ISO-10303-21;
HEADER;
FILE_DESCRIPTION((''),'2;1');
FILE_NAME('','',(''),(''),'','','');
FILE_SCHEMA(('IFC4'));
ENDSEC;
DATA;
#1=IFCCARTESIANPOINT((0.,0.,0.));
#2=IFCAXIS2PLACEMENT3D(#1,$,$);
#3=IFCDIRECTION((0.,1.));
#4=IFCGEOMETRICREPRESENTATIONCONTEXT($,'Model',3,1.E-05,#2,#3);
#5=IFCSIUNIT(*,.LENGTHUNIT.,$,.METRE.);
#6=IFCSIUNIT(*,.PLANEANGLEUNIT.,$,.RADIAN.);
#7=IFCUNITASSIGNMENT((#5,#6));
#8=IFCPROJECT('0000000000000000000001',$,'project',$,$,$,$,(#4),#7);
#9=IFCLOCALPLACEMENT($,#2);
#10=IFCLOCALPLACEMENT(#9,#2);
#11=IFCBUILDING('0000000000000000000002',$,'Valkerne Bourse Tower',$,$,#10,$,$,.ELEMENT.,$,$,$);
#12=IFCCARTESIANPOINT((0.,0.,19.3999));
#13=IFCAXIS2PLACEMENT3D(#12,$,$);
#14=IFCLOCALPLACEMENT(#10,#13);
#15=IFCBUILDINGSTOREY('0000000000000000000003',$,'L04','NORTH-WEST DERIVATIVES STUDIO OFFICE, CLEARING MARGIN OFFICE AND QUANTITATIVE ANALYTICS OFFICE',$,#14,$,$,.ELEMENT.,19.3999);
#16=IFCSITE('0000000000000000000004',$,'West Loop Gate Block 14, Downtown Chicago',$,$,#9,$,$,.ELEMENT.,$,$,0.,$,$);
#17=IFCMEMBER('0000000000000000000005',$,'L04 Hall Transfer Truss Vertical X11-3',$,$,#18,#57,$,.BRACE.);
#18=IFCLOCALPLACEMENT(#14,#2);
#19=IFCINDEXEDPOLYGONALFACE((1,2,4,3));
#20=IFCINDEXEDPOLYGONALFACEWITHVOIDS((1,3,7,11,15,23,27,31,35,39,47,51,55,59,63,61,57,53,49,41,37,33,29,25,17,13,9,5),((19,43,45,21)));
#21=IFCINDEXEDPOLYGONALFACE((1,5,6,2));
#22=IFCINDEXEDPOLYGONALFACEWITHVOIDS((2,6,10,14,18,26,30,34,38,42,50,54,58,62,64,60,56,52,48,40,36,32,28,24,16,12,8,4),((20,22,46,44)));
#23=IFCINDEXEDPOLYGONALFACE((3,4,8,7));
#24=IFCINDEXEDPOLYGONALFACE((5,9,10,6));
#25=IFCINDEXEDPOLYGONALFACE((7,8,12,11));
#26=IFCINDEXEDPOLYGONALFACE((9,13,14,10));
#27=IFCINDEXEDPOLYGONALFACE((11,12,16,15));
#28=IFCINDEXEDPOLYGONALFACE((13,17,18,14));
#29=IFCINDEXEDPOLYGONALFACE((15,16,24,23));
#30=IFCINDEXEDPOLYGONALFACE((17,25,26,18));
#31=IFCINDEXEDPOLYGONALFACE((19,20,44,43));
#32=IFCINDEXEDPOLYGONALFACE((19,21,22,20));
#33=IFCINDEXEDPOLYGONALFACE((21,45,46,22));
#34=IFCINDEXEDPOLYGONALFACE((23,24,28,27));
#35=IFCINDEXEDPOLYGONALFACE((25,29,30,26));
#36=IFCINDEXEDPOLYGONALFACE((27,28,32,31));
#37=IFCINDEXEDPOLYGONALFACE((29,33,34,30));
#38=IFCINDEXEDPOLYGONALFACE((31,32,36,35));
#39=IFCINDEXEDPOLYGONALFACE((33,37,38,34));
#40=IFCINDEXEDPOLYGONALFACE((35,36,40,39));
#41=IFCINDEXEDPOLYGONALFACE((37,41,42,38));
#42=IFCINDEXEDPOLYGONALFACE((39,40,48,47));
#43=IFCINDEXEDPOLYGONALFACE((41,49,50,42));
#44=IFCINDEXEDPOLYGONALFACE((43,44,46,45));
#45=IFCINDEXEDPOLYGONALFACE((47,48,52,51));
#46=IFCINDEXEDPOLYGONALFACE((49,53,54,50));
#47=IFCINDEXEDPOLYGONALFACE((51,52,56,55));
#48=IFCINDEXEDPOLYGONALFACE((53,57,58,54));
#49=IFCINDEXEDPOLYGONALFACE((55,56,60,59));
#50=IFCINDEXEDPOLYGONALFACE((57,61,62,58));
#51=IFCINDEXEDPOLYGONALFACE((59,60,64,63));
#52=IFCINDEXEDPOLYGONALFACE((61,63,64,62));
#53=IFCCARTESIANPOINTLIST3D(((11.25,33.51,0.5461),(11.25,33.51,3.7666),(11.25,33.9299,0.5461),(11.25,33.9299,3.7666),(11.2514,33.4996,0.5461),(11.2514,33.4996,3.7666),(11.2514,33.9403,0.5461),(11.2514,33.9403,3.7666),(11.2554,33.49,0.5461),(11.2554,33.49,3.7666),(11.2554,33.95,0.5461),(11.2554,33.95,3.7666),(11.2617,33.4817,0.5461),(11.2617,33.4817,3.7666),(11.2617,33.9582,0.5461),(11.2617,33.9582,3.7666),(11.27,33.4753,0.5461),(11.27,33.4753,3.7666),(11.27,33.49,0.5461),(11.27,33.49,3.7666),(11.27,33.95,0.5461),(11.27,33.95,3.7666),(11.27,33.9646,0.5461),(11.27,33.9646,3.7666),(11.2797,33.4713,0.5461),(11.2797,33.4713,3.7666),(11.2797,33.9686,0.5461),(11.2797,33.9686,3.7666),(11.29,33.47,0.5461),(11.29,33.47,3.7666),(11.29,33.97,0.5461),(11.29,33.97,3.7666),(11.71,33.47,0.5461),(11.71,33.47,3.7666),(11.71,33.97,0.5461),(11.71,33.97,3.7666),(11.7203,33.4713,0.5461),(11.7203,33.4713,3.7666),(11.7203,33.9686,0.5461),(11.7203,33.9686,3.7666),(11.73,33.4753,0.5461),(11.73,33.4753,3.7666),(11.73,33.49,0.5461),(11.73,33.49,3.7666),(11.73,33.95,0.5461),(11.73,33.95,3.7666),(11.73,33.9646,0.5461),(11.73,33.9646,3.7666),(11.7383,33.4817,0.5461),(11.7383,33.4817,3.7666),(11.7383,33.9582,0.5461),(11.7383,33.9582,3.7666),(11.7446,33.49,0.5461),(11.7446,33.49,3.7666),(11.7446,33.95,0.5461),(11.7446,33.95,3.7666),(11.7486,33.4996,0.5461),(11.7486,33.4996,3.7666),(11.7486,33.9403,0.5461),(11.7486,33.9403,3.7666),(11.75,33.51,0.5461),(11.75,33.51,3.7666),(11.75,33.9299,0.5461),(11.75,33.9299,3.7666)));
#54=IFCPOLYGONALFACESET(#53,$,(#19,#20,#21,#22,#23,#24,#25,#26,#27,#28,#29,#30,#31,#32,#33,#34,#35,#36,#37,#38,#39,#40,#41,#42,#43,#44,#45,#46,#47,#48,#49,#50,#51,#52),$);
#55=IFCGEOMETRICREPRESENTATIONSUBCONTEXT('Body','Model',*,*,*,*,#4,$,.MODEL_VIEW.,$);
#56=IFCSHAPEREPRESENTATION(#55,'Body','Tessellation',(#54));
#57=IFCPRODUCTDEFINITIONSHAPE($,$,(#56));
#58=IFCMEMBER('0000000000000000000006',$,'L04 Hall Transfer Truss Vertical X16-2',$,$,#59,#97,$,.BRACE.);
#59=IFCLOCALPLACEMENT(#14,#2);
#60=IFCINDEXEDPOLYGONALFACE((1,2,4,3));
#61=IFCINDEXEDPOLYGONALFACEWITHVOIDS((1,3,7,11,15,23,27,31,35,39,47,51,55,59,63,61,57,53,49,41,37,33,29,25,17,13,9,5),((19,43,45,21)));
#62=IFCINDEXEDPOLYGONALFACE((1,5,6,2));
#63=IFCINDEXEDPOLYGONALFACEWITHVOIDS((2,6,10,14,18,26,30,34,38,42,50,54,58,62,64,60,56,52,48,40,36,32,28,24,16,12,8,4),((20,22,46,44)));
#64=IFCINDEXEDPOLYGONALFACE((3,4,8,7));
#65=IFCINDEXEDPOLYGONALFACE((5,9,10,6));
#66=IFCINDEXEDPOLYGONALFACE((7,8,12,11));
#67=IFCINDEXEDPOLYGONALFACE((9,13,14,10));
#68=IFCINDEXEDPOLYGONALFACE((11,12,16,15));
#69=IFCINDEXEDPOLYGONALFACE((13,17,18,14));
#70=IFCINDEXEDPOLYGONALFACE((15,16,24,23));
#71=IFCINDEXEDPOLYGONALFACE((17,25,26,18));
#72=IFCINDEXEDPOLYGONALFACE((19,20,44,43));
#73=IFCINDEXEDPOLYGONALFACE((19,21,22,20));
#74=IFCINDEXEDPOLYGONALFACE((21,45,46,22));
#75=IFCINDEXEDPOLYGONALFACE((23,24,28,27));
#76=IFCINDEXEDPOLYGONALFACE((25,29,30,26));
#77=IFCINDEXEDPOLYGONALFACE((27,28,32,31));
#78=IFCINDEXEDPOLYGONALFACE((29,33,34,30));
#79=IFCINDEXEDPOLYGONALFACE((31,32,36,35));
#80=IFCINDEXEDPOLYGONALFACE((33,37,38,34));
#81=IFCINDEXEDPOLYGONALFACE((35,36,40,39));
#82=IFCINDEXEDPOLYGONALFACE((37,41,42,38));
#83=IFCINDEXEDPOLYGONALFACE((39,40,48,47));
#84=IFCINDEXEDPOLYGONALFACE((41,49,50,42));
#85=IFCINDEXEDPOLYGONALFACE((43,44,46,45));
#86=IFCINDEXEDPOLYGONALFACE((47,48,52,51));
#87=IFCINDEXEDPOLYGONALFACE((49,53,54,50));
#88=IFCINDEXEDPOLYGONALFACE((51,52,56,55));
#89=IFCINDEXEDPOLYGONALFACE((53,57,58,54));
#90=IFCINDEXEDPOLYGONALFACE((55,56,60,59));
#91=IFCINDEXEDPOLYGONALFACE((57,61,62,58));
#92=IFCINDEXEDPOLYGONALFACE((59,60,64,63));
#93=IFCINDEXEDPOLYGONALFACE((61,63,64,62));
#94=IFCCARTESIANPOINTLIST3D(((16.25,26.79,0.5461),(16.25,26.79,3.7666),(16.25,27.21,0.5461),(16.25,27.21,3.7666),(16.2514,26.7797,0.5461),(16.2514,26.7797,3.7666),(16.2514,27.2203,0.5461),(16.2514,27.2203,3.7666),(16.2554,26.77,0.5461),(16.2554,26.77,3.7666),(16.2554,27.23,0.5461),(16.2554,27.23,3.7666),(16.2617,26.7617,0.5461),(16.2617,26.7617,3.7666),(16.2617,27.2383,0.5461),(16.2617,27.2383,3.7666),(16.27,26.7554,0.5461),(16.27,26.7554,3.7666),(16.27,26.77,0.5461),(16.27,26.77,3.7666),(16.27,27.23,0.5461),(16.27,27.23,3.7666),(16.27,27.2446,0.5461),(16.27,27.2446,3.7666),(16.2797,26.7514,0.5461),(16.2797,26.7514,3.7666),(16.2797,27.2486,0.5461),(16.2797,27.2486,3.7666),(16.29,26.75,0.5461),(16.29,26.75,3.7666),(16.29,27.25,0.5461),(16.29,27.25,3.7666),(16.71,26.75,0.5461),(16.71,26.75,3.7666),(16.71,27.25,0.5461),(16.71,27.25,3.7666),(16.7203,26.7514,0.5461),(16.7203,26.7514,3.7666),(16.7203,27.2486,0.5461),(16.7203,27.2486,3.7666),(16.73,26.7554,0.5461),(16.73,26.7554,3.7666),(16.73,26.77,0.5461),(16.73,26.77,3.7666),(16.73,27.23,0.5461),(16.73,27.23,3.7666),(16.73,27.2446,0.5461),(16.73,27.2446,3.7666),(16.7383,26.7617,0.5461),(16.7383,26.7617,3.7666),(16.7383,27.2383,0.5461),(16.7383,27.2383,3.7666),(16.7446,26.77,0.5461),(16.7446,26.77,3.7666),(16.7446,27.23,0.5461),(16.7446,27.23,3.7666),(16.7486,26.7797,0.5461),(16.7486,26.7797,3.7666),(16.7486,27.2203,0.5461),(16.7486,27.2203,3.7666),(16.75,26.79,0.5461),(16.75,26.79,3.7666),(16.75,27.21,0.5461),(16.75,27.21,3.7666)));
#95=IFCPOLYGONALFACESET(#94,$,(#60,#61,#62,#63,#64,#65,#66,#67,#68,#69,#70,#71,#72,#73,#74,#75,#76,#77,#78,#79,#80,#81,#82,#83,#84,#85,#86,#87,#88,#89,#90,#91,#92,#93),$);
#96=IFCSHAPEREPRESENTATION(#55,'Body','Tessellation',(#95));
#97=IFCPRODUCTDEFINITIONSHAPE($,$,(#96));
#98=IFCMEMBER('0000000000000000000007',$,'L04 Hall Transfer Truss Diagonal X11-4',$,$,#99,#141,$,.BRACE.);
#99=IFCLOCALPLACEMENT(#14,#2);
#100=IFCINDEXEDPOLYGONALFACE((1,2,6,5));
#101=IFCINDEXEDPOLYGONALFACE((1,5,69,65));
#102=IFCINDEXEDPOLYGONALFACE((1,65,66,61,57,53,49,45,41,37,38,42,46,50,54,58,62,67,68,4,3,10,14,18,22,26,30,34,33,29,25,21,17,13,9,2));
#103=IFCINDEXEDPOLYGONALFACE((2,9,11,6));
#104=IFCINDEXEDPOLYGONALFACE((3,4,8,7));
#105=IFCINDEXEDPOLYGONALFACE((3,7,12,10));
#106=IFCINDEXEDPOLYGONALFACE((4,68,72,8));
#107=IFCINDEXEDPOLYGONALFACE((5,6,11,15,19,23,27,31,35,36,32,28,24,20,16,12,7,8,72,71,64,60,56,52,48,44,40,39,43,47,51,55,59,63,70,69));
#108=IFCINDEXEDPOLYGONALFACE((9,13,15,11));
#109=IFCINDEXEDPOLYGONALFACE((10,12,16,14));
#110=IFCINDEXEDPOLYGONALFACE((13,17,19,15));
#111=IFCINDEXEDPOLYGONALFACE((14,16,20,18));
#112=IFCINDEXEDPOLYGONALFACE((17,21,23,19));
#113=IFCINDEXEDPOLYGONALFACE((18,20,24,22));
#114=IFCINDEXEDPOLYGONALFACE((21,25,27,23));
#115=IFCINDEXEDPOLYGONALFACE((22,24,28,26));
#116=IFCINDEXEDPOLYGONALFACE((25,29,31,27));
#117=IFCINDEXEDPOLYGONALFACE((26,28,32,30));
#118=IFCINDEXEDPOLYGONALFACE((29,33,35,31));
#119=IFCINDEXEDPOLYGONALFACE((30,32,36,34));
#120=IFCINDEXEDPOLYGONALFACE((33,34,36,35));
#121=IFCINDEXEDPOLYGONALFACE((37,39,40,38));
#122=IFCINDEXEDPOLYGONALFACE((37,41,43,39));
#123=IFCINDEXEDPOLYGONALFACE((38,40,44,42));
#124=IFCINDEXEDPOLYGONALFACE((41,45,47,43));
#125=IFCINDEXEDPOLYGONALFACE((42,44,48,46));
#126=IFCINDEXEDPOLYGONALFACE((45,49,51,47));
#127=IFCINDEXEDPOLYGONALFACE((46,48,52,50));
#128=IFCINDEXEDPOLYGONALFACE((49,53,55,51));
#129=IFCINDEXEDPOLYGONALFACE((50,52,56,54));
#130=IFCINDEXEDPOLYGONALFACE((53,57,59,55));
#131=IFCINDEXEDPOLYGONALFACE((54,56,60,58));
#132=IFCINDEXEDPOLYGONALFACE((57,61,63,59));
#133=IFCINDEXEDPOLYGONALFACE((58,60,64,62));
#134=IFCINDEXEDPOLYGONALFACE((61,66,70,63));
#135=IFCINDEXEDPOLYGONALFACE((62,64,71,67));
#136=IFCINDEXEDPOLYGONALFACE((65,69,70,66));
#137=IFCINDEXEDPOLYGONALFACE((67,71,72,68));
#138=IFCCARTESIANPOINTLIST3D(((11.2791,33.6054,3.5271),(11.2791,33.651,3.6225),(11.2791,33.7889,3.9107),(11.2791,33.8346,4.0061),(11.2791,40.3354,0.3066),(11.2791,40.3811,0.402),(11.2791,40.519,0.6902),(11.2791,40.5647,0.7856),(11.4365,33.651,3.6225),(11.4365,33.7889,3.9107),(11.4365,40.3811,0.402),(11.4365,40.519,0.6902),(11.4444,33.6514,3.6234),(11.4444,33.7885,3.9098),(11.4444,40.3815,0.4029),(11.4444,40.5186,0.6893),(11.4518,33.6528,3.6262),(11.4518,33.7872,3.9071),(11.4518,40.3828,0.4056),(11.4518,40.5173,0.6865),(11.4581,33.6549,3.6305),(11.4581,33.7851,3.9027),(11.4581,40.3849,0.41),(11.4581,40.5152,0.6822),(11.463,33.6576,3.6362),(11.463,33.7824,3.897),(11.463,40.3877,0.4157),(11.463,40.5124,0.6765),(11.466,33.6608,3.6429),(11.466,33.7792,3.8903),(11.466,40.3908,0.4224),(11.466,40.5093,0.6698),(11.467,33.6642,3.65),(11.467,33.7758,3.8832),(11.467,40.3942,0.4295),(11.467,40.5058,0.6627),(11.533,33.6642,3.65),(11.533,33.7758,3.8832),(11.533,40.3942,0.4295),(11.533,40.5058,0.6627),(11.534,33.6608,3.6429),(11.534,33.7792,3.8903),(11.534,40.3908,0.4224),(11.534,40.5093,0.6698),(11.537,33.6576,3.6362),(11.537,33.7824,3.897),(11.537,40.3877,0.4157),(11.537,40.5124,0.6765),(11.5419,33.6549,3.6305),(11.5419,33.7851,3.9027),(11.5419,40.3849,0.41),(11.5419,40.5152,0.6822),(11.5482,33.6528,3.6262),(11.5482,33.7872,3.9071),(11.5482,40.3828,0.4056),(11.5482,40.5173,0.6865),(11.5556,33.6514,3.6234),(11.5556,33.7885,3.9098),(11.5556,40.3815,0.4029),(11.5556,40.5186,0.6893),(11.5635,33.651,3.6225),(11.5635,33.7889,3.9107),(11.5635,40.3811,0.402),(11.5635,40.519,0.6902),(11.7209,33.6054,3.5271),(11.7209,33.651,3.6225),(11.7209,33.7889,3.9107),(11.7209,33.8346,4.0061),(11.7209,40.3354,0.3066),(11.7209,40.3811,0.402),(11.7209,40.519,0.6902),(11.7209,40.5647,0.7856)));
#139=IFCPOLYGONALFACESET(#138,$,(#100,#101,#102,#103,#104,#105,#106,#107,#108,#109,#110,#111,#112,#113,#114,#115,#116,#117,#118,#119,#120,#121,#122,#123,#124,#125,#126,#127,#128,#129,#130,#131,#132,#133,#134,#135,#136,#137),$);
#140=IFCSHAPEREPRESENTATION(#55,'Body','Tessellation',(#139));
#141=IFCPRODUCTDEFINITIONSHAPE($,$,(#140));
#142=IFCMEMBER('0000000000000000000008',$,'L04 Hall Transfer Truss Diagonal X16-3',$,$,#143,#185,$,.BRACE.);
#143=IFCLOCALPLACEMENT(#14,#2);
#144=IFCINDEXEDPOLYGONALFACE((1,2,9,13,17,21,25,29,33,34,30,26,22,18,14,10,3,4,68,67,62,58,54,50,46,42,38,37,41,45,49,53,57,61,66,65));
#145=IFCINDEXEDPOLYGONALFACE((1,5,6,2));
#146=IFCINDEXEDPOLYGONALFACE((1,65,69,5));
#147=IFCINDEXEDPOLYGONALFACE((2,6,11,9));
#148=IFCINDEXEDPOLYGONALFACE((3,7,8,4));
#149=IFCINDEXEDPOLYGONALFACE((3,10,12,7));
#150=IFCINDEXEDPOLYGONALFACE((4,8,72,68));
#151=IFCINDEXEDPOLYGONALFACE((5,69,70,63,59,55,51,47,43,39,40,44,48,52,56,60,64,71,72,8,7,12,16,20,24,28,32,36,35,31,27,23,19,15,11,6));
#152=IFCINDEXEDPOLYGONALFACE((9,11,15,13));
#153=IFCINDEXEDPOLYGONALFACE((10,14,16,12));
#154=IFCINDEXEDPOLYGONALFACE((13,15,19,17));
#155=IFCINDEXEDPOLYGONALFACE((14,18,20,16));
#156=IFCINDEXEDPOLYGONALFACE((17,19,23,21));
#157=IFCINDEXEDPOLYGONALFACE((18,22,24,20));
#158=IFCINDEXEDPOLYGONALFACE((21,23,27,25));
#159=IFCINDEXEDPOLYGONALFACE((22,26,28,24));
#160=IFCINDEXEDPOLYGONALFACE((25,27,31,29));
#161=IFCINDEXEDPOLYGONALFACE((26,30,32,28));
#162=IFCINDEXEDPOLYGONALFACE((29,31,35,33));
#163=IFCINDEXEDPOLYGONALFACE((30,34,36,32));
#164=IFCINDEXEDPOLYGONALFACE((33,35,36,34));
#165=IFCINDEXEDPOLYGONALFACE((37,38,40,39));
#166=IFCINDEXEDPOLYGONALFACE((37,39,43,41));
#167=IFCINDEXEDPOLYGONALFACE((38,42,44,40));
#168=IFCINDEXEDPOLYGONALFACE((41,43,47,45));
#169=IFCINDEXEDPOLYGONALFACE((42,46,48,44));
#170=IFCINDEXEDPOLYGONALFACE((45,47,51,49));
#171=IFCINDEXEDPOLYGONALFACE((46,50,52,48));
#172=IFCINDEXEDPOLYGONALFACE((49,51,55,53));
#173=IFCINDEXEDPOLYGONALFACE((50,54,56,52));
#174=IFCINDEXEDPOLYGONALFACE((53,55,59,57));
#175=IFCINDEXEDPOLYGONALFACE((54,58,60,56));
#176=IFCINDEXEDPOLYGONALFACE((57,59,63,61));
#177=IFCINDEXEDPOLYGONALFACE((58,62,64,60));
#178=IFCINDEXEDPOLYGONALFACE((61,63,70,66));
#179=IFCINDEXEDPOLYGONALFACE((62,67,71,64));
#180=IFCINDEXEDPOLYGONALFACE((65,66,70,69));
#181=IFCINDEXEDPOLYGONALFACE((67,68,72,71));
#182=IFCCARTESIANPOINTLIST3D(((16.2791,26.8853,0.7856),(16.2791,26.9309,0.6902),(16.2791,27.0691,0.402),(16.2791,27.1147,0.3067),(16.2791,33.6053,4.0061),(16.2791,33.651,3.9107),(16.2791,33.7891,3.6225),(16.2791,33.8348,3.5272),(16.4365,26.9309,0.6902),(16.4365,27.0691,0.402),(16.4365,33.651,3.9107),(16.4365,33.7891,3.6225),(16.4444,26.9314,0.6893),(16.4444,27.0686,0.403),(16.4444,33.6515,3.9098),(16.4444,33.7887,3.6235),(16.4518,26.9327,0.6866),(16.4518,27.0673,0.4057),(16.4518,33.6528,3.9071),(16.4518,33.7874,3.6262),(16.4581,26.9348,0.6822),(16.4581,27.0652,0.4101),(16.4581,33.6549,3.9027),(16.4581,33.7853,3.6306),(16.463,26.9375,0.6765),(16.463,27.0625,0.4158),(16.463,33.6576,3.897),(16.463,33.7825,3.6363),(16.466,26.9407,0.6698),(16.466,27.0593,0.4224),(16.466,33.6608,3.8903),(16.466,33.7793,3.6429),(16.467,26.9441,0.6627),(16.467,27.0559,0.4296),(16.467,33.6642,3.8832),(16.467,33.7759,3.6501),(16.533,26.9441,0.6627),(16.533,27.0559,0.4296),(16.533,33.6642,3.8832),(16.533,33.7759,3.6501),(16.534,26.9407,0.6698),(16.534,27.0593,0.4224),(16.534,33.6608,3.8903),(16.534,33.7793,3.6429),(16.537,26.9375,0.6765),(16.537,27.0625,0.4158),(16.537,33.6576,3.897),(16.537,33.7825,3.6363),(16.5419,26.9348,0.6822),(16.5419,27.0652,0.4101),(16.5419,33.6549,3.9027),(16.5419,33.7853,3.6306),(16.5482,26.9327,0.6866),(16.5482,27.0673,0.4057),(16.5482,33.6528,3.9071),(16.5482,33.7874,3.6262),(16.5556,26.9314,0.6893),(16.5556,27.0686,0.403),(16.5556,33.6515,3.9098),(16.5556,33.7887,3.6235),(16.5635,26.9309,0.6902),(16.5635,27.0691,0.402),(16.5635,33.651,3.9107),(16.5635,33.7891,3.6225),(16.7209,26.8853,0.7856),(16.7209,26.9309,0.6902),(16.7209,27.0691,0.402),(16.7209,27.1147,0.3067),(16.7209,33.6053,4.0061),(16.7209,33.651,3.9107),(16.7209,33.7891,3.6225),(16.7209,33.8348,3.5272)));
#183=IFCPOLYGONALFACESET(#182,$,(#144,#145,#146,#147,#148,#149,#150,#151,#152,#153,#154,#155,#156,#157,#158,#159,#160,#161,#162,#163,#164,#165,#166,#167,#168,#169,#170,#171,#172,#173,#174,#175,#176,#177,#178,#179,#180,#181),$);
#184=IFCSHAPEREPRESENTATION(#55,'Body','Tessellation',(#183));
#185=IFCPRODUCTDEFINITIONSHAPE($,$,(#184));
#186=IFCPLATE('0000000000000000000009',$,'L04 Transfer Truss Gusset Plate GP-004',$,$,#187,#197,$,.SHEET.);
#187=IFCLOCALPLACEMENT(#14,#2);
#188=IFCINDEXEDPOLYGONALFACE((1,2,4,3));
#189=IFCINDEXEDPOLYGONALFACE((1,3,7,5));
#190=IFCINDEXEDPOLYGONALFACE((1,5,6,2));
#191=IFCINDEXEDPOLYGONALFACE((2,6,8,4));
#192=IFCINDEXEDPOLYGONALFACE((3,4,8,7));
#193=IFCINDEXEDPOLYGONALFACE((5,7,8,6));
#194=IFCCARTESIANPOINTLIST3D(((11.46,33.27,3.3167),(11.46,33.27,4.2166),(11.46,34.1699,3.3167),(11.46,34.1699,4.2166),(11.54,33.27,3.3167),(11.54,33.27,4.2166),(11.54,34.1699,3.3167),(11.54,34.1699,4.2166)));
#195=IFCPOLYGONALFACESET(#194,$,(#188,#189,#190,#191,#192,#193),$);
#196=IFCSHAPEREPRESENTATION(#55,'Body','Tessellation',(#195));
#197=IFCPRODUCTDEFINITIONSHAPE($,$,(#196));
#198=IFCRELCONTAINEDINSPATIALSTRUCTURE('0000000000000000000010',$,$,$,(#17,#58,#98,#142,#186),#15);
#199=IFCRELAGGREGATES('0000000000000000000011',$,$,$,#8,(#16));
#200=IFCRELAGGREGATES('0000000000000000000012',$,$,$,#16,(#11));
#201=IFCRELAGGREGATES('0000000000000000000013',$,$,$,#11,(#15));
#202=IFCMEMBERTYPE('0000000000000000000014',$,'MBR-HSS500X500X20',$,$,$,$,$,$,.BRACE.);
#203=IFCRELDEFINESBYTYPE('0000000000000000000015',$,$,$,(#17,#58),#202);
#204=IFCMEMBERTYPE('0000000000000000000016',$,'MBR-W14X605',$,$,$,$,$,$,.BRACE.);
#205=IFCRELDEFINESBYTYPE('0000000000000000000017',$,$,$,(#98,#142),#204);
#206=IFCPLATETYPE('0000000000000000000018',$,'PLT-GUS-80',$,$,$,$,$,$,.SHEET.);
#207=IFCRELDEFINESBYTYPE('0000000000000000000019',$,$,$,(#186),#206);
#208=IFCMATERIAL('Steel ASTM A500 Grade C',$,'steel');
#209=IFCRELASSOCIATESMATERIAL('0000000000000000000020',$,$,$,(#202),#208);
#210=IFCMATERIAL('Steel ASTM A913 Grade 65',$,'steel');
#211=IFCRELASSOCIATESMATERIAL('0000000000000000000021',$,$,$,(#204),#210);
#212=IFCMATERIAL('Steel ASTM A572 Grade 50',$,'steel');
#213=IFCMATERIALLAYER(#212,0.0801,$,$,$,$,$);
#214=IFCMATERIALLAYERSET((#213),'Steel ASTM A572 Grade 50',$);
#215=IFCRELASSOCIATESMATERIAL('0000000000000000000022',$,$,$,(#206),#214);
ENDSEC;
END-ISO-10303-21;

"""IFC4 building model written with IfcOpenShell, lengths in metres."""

from ifc_helpers import new_model, si_unit, direction, frame, origin, origin_2d, place, context, subcontext, project, spatial, rectangle, hollow_rectangle, i_section, extrude, material, layer, layer_set, material_profile, profile_set, type_object, element, save


model = new_model("IFC4")

# Units and contexts
model_context = context("Model", 3, precision=1e-05, world=origin(), true_north=direction((0.0, 1.0)))
body_context = subcontext(model_context, "Body", "Model", "MODEL_VIEW")
ifc_project = project(units=[si_unit("LENGTHUNIT", "METRE"), si_unit("PLANEANGLEUNIT", "RADIAN")], contexts=[model_context])

# Site, building, storey
site_placement = place(None, origin())
site = spatial("IfcSite", under=ifc_project, at=site_placement, Name="West Loop Gate Block 14, Downtown Chicago", CompositionType="ELEMENT", RefElevation=0.0)
building_placement = place(site_placement, origin())
building = spatial("IfcBuilding", under=site, at=building_placement, Name="Valkerne Bourse Tower", CompositionType="ELEMENT")
storey_placement = place(building_placement, frame((0.0, 0.0, 19.3999)))
storey = spatial("IfcBuildingStorey", under=building, at=storey_placement, Name="L04", Description="NORTH-WEST DERIVATIVES STUDIO OFFICE, CLEARING MARGIN OFFICE AND QUANTITATIVE ANALYTICS OFFICE", CompositionType="ELEMENT", Elevation=19.3999)

# Members
ifc_material_1 = material(Name="Steel ASTM A500 Grade C", Category="steel")
ifc_material_profile_1 = material_profile(ifc_material_1, hollow_rectangle(XDim=0.5, YDim=0.5, WallThickness=0.02, OuterFilletRadius=0.04, at=origin_2d()), Name="HSS500X500X20")
ifc_profile_set_1 = profile_set([ifc_material_profile_1], Name="Steel ASTM A500 Grade C")
member_type_1 = type_object("IfcMemberType", Name="MBR-HSS500X500X20", PredefinedType="BRACE", material=ifc_profile_set_1)
for number, where, z_axis, x_axis, name in (
    (1, (11.5, 33.72, 0.5461), (0.0, 0.0, 1.0), (1.0, 0.0, 0.0), "L04 Hall Transfer Truss Vertical X11-3"),
    (2, (16.5, 27.0, 0.5461), (0.0, 0.0, 1.0), (1.0, 0.0, 0.0), "L04 Hall Transfer Truss Vertical X16-2"),
):
    element("IfcMember", number, at=place(storey_placement, frame(where, z_axis=z_axis, x_axis=x_axis)), inside=storey, type_object=member_type_1, Name=name, PredefinedType="BRACE", context=body_context, shape_type="SweptSolid", body=[
        extrude(hollow_rectangle(XDim=0.5, YDim=0.5, WallThickness=0.02, OuterFilletRadius=0.04, at=origin_2d()), origin(), (0.0, 0.0, 1.0), 3.2205),
    ])
ifc_material_2 = material(Name="Steel ASTM A913 Grade 65", Category="steel")
ifc_material_profile_2 = material_profile(ifc_material_2, i_section(OverallWidth=0.4419, OverallDepth=0.531, WebThickness=0.0659, FlangeThickness=0.1057, FilletRadius=0.0305, at=origin_2d()), Name="W14X605")
ifc_profile_set_2 = profile_set([ifc_material_profile_2], Name="Steel ASTM A913 Grade 65")
member_type_2 = type_object("IfcMemberType", Name="MBR-W14X605", PredefinedType="BRACE", material=ifc_profile_set_2)
member_1_placement = place(storey_placement, frame((11.5, 33.72, 3.7666), z_axis=(0.0, 0.902042, -0.431649), x_axis=(-1.0, 0.0, 0.0)))
element("IfcMember", 3, at=member_1_placement, inside=storey, type_object=member_type_2, Name="L04 Hall Transfer Truss Diagonal X11-4", PredefinedType="BRACE", context=body_context, shape_type="SweptSolid", body=[
    extrude(i_section(OverallWidth=0.4419, OverallDepth=0.531, WebThickness=0.0659, FlangeThickness=0.1057, FilletRadius=0.0305, at=origin_2d()), origin(), (0.0, 0.0, 1.0), 7.4609),
])
member_2_placement = place(storey_placement, frame((16.5, 27.0, 0.5461), z_axis=(0.0, 0.901791, 0.432172), x_axis=(-1.0, 0.0, 0.0)))
element("IfcMember", 4, at=member_2_placement, inside=storey, type_object=member_type_2, Name="L04 Hall Transfer Truss Diagonal X16-3", PredefinedType="BRACE", context=body_context, shape_type="SweptSolid", body=[
    extrude(i_section(OverallWidth=0.4419, OverallDepth=0.531, WebThickness=0.0659, FlangeThickness=0.1057, FilletRadius=0.0305, at=origin_2d()), origin(), (0.0, 0.0, 1.0), 7.4519),
])

# Plate
ifc_material_3 = material(Name="Steel ASTM A572 Grade 50", Category="steel")
ifc_layer_1 = layer(ifc_material_3, 0.0801)
ifc_layer_set_1 = layer_set([ifc_layer_1], Name="Steel ASTM A572 Grade 50")
plate_type = type_object("IfcPlateType", Name="PLT-GUS-80", PredefinedType="SHEET", material=ifc_layer_set_1)
for number, where, z_axis, x_axis, name in (
    (5, (11.5, 33.72, 3.3167), (0.0, 0.0, 1.0), (1.0, 0.0, 0.0), "L04 Transfer Truss Gusset Plate GP-004"),
):
    element("IfcPlate", number, at=place(storey_placement, frame(where, z_axis=z_axis, x_axis=x_axis)), inside=storey, type_object=plate_type, Name=name, PredefinedType="SHEET", context=body_context, shape_type="SweptSolid", body=[
        extrude(rectangle(XDim=0.0801, YDim=0.8999, at=origin_2d()), origin(), (0.0, 0.0, 1.0), 0.8999),
    ])

save(model, "model.ifc")
